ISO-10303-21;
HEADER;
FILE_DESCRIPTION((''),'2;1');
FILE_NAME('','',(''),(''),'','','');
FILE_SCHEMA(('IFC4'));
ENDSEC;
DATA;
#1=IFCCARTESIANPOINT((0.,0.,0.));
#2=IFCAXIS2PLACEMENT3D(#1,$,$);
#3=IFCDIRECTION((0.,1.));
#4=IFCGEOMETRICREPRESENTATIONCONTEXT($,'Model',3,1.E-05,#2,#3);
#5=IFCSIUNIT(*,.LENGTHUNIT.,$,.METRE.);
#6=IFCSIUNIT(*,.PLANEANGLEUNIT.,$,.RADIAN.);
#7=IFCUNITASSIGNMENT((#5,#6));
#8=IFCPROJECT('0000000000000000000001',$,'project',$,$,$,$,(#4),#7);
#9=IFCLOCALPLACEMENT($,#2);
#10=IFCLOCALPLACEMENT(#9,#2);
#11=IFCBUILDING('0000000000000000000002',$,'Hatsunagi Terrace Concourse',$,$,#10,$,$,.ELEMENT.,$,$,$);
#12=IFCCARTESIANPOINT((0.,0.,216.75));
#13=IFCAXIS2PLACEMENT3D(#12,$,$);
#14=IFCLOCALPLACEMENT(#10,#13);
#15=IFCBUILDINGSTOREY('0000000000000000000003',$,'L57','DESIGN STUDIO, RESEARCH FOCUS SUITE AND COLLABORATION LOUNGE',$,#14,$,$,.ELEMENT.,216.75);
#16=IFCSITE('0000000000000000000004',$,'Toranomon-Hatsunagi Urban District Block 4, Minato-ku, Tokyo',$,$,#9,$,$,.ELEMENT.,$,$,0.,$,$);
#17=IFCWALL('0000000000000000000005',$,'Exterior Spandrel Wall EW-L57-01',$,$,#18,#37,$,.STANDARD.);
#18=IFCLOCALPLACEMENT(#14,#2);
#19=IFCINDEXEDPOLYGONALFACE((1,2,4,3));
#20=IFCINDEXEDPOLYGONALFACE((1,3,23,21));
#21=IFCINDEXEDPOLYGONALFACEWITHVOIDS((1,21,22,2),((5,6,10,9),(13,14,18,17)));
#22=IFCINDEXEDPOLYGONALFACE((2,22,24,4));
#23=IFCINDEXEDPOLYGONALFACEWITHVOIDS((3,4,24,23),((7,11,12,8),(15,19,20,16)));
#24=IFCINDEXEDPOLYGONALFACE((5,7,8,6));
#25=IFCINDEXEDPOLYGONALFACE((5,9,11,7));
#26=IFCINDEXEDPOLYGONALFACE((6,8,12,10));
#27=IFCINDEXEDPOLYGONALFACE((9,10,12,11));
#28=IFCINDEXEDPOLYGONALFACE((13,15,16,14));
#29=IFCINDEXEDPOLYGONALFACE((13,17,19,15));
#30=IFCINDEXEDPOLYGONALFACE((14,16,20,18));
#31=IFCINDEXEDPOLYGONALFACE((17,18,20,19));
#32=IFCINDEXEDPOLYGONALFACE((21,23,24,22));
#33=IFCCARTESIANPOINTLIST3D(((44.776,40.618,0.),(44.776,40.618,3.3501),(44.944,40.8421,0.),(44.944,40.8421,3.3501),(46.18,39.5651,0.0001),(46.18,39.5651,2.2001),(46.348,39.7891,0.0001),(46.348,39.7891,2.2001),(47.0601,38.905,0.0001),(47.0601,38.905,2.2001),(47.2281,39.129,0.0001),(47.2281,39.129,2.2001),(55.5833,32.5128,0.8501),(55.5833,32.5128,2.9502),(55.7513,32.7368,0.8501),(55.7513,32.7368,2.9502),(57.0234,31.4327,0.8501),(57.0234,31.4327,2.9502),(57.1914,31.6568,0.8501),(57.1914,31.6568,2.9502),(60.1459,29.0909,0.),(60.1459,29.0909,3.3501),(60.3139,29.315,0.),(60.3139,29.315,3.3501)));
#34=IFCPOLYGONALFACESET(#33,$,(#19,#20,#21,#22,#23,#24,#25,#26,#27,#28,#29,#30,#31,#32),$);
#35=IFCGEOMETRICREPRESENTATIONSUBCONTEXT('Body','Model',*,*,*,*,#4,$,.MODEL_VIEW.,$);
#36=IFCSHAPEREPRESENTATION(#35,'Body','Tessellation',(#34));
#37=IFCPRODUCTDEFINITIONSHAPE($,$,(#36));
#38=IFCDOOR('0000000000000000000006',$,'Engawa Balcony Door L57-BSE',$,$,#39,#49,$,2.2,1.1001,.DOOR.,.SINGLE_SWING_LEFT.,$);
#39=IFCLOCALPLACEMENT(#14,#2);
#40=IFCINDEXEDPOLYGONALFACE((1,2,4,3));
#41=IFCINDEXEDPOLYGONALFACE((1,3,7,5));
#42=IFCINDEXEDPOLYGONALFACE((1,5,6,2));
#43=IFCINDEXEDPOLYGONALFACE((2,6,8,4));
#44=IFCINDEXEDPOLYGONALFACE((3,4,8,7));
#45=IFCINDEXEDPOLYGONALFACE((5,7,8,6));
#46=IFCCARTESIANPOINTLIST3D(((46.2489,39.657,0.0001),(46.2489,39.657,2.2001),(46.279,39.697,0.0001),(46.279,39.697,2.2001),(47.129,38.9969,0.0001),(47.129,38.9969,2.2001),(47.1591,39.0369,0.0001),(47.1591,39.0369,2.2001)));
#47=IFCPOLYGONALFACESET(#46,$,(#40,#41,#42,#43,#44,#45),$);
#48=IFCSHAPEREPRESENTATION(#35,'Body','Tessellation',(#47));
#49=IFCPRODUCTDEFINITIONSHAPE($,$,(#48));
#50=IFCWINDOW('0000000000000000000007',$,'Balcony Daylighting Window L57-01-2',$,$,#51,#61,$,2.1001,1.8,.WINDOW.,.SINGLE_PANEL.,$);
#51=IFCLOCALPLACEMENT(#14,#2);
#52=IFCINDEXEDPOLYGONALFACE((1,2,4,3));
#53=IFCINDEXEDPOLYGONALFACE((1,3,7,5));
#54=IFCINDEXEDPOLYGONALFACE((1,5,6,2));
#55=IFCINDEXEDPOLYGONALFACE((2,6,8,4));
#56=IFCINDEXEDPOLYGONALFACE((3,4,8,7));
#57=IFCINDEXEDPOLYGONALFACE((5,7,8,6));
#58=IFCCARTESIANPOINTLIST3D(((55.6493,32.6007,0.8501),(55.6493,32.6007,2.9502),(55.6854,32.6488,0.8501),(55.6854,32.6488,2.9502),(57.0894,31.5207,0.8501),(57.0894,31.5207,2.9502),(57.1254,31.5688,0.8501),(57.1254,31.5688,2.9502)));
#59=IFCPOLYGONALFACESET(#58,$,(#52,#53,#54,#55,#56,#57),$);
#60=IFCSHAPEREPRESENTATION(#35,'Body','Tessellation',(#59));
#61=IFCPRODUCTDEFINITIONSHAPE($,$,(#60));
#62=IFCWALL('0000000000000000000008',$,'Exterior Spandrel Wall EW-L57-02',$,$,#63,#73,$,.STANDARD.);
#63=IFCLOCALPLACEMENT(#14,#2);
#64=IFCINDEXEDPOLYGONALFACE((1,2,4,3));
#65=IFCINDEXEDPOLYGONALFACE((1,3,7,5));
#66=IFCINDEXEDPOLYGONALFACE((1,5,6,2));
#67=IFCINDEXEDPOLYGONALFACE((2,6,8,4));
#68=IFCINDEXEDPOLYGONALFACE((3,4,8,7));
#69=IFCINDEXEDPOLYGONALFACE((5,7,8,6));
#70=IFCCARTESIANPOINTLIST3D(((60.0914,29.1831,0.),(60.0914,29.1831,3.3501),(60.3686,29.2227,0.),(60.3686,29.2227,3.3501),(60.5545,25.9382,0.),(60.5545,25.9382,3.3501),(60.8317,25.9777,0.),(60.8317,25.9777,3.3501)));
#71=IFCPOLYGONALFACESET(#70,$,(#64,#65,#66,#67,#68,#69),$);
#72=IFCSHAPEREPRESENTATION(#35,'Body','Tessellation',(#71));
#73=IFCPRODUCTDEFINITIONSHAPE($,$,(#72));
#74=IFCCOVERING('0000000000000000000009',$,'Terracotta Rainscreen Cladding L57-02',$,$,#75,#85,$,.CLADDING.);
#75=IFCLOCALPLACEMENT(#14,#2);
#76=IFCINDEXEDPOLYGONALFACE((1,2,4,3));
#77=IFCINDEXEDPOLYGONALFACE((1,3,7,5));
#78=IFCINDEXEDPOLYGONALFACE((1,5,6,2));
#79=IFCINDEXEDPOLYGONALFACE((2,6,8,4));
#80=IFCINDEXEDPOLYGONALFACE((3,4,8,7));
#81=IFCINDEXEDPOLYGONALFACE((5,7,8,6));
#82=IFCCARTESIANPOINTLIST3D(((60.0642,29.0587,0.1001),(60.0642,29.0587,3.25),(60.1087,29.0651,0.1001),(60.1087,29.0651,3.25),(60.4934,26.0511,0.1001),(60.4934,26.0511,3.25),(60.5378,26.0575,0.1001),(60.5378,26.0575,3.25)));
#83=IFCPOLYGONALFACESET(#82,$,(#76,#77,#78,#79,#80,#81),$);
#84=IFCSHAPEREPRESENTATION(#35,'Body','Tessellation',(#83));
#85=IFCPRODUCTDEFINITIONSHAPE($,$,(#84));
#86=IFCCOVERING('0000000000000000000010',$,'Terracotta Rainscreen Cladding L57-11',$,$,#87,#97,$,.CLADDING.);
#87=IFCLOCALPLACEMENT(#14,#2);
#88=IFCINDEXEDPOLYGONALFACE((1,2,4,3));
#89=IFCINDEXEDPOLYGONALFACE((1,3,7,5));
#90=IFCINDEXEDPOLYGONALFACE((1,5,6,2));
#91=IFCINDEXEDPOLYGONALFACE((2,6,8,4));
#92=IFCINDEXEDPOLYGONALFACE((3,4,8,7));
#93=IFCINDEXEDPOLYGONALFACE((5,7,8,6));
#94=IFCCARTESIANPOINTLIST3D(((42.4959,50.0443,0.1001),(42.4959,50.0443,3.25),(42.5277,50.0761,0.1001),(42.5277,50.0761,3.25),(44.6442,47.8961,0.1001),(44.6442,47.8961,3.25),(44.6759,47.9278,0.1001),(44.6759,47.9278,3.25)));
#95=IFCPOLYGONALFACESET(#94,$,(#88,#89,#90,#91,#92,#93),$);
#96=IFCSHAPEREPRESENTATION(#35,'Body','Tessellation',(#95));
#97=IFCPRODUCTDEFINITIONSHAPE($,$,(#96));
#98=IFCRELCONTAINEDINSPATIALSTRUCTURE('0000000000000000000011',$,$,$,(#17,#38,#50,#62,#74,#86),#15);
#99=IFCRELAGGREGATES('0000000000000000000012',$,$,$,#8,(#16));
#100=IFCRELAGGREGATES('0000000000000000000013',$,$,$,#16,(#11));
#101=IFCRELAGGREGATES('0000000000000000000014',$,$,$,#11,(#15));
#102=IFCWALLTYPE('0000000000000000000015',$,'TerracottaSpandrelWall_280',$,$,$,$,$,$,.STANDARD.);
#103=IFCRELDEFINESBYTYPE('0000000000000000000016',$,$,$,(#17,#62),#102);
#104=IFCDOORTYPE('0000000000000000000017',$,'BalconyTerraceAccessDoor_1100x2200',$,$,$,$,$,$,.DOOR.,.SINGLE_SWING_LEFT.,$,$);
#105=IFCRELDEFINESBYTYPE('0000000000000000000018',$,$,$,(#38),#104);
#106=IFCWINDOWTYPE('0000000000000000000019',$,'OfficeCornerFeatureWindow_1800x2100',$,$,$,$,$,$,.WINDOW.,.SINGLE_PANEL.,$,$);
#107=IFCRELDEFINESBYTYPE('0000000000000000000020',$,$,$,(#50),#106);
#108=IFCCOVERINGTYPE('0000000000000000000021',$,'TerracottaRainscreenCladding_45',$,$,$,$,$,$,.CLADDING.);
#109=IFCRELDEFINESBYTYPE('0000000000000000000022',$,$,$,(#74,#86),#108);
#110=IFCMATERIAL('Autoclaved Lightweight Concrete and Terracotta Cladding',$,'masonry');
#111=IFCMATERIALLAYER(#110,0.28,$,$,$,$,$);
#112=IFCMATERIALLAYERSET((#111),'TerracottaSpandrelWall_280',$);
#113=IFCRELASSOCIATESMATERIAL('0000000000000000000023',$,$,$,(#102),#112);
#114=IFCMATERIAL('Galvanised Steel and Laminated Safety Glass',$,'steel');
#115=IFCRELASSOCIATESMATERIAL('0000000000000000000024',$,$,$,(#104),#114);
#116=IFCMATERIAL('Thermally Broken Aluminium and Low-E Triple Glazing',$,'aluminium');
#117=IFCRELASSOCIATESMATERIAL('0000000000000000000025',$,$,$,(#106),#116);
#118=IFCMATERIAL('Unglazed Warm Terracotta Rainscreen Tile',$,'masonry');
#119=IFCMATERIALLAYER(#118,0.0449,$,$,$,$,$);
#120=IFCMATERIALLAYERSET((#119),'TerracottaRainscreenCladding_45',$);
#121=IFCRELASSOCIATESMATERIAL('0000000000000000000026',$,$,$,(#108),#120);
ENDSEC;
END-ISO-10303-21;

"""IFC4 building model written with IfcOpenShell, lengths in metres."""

from ifc_helpers import new_model, si_unit, direction, frame, frame_2d, origin, origin_2d, place, context, subcontext, project, spatial, rectangle, extrude, material, layer, layer_set, type_object, element, fill, save


model = new_model("IFC4")

# Units and contexts
model_context = context("Model", 3, precision=1e-05, world=origin(), true_north=direction((0.0, 1.0)))
body_context = subcontext(model_context, "Body", "Model", "MODEL_VIEW")
ifc_project = project(units=[si_unit("LENGTHUNIT", "METRE"), si_unit("PLANEANGLEUNIT", "RADIAN")], contexts=[model_context])

# Site, building, storey
site_placement = place(None, origin())
site = spatial("IfcSite", under=ifc_project, at=site_placement, Name="Toranomon-Hatsunagi Urban District Block 4, Minato-ku, Tokyo", CompositionType="ELEMENT", RefElevation=0.0)
building_placement = place(site_placement, origin())
building = spatial("IfcBuilding", under=site, at=building_placement, Name="Hatsunagi Terrace Concourse", CompositionType="ELEMENT")
storey_placement = place(building_placement, frame((0.0, 0.0, 216.75)))
storey = spatial("IfcBuildingStorey", under=building, at=storey_placement, Name="L57", Description="DESIGN STUDIO, RESEARCH FOCUS SUITE AND COLLABORATION LOUNGE", CompositionType="ELEMENT", Elevation=216.75)

# Wall, openings, door, window
ifc_material_1 = material(Name="Autoclaved Lightweight Concrete and Terracotta Cladding", Category="masonry")
ifc_layer_1 = layer(ifc_material_1, 0.28)
ifc_layer_set_1 = layer_set([ifc_layer_1], Name="TerracottaSpandrelWall_280")
wall_type_1 = type_object("IfcWallType", Name="TerracottaSpandrelWall_280", PredefinedType="STANDARD", material=ifc_layer_set_1)
wall_1_placement = place(storey_placement, frame((44.8601, 40.73, 0.0), z_axis=(0.0, 0.0, 1.0), x_axis=(0.800008, -0.59999, 0.0)))
wall_1 = element("IfcWall", 1, at=wall_1_placement, inside=storey, type_object=wall_type_1, Name="Exterior Spandrel Wall EW-L57-01", PredefinedType="STANDARD", context=body_context, shape_type="SweptSolid", body=[
    extrude(rectangle(XDim=19.2122, YDim=0.28, at=frame_2d((9.606, 0.0))), origin(), (0.0, 0.0, 1.0), 3.3501),
])
opening_1_placement = place(wall_1_placement, frame((1.7549, 0.0, 0.0)))
opening_1 = element("IfcOpeningElement", 2, at=opening_1_placement, cuts=wall_1, PredefinedType="OPENING", context=body_context, shape_type="SweptSolid", body=[
    extrude(rectangle(XDim=1.1001, YDim=2.2, at=frame_2d((0.55, 1.1001))), frame((0.0, 0.1499, 0.0), z_axis=(0.0, -1.0, 0.0), x_axis=(1.0, 0.0, 0.0)), (0.0, 0.0, 1.0), 0.3),
])
opening_2_placement = place(wall_1_placement, frame((13.509, 0.0, 0.8501)))
opening_2 = element("IfcOpeningElement", 3, at=opening_2_placement, cuts=wall_1, PredefinedType="OPENING", context=body_context, shape_type="SweptSolid", body=[
    extrude(rectangle(XDim=1.8, YDim=2.1001, at=frame_2d((0.8999, 1.05))), frame((0.0, 0.1499, 0.0), z_axis=(0.0, -1.0, 0.0), x_axis=(1.0, 0.0, 0.0)), (0.0, 0.0, 1.0), 0.3),
])
ifc_material_2 = material(Name="Galvanised Steel and Laminated Safety Glass", Category="steel")
door_type_1 = type_object("IfcDoorType", Name="BalconyTerraceAccessDoor_1100x2200", OperationType="SINGLE_SWING_LEFT", PredefinedType="DOOR", material=ifc_material_2)
door_1_placement = place(opening_1_placement, origin())
door_1 = element("IfcDoor", 4, at=door_1_placement, inside=storey, type_object=door_type_1, Name="Engawa Balcony Door L57-BSE", OperationType="SINGLE_SWING_LEFT", OverallHeight=2.2, OverallWidth=1.1001, PredefinedType="DOOR", context=body_context, shape_type="SweptSolid", body=[
    extrude(rectangle(XDim=1.1001, YDim=2.2, at=frame_2d((0.55, 1.1001))), frame((0.0, 0.0249, 0.0), z_axis=(0.0, -1.0, 0.0), x_axis=(1.0, 0.0, 0.0)), (0.0, 0.0, 1.0), 0.05),
])
fill(opening_1, door_1)
ifc_material_3 = material(Name="Thermally Broken Aluminium and Low-E Triple Glazing", Category="aluminium")
window_type = type_object("IfcWindowType", Name="OfficeCornerFeatureWindow_1800x2100", PartitioningType="SINGLE_PANEL", PredefinedType="WINDOW", material=ifc_material_3)
window_placement = place(opening_2_placement, origin())
window = element("IfcWindow", 5, at=window_placement, inside=storey, type_object=window_type, Name="Balcony Daylighting Window L57-01-2", OverallHeight=2.1001, OverallWidth=1.8, PartitioningType="SINGLE_PANEL", PredefinedType="WINDOW", context=body_context, shape_type="SweptSolid", body=[
    extrude(rectangle(XDim=1.8, YDim=2.1001, at=frame_2d((0.8999, 1.05))), frame((0.0, 0.03, 0.0), z_axis=(0.0, -1.0, 0.0), x_axis=(1.0, 0.0, 0.0)), (0.0, 0.0, 1.0), 0.0601),
])
fill(opening_2, window)

# Wall
wall_2_placement = place(storey_placement, frame((60.23, 29.2029, 0.0), z_axis=(0.0, 0.0, 1.0), x_axis=(0.141296, -0.989967, 0.0)))
element("IfcWall", 6, at=wall_2_placement, inside=storey, type_object=wall_type_1, Name="Exterior Spandrel Wall EW-L57-02", PredefinedType="STANDARD", context=body_context, shape_type="SweptSolid", body=[
    extrude(rectangle(XDim=3.2778, YDim=0.28, at=frame_2d((1.6389, 0.0))), origin(), (0.0, 0.0, 1.0), 3.3501),
])

# Coverings
ifc_material_4 = material(Name="Unglazed Warm Terracotta Rainscreen Tile", Category="masonry")
ifc_layer_2 = layer(ifc_material_4, 0.0449)
ifc_layer_set_2 = layer_set([ifc_layer_2], Name="TerracottaRainscreenCladding_45")
covering_type = type_object("IfcCoveringType", Name="TerracottaRainscreenCladding_45", PredefinedType="CLADDING", material=ifc_layer_set_2)
for number, where, z_axis, x_axis, name in (
    (7, (60.301, 27.5581, 0.1001), (0.0, 0.0, 1.0), (0.14125, -0.989974, 0.0), "Terracotta Rainscreen Cladding L57-02"),
    (8, (43.5859, 48.9861, 0.1001), (0.0, 0.0, 1.0), (0.707107, -0.707107, 0.0), "Terracotta Rainscreen Cladding L57-11"),
):
    element("IfcCovering", number, at=place(storey_placement, frame(where, z_axis=z_axis, x_axis=x_axis)), inside=storey, type_object=covering_type, Name=name, PredefinedType="CLADDING", context=body_context, shape_type="SweptSolid", body=[
        extrude(rectangle(XDim=3.0381, YDim=0.0449, at=origin_2d()), origin(), (0.0, 0.0, 1.0), 3.1499),
    ])

save(model, "model.ifc")
